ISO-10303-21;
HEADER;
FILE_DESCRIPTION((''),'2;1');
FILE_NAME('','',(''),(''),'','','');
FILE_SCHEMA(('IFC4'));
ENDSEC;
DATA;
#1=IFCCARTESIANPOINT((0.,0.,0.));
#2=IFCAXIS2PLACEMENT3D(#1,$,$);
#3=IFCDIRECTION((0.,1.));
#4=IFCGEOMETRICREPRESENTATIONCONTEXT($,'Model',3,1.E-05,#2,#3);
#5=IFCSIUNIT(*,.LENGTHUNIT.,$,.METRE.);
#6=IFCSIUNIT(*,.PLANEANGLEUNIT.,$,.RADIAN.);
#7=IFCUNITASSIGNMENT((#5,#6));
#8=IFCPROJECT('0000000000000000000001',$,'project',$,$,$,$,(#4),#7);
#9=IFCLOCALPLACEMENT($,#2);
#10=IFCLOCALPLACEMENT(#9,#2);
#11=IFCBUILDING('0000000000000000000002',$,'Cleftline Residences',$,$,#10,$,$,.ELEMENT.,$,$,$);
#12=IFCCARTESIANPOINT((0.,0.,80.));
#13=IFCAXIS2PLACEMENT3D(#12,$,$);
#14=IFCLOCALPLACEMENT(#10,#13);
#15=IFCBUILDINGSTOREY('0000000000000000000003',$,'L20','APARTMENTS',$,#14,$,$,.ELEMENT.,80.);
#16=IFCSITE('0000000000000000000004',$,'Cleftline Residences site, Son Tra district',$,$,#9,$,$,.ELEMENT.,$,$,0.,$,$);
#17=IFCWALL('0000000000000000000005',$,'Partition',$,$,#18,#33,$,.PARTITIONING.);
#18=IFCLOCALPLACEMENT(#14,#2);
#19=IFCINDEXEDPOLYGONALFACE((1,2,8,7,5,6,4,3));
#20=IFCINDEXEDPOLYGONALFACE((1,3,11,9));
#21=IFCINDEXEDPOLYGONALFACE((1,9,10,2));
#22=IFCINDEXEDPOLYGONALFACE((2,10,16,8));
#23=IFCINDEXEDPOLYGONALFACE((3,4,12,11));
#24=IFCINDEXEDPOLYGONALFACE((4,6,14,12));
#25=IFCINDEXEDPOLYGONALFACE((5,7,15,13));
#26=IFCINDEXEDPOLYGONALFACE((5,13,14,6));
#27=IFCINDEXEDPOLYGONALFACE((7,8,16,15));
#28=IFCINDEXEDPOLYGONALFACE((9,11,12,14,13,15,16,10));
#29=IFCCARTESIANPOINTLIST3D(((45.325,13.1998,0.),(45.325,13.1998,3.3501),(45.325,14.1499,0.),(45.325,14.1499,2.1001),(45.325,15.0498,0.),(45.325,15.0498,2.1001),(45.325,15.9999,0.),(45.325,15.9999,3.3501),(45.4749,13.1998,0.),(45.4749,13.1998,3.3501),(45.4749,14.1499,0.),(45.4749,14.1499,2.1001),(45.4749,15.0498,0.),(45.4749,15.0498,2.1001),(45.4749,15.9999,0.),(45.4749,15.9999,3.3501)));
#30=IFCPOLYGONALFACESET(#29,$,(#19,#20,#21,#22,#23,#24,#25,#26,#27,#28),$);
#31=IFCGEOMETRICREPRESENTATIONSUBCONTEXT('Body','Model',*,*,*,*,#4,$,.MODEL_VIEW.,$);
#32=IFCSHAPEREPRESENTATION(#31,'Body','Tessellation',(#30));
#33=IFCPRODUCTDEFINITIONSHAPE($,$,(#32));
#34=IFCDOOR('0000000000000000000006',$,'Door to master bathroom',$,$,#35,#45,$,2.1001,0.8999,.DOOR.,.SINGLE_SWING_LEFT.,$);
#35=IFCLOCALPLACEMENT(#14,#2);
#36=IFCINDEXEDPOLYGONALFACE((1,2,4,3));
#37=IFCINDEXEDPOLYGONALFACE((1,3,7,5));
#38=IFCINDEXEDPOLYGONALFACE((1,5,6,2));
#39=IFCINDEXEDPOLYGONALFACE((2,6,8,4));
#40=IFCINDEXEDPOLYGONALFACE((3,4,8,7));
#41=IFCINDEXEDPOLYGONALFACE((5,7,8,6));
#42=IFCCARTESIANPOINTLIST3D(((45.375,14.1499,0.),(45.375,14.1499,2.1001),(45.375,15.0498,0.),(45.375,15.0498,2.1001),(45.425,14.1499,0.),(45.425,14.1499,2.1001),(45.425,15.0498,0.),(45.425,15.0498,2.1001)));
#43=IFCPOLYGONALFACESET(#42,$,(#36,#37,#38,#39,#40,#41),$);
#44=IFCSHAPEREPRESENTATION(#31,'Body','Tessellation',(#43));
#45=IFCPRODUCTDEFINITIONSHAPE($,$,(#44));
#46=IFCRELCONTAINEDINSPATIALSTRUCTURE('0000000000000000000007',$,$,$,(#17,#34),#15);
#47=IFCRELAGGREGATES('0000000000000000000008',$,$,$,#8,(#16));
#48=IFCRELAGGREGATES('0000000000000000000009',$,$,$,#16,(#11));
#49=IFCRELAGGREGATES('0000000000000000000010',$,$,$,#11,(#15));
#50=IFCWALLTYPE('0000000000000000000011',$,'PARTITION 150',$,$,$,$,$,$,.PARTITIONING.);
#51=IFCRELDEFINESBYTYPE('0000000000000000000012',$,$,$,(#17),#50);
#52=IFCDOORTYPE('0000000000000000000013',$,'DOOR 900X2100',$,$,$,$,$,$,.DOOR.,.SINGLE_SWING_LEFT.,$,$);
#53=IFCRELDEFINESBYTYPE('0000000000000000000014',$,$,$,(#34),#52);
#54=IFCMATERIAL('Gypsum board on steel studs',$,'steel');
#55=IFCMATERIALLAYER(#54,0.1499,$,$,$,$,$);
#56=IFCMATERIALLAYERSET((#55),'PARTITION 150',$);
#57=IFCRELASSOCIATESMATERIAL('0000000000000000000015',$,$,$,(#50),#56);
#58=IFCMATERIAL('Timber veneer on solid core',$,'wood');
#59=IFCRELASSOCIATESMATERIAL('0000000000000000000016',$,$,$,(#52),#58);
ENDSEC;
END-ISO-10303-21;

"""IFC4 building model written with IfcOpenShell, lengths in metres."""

from ifc_helpers import new_model, si_unit, direction, frame, frame_2d, origin, place, context, subcontext, project, spatial, rectangle, extrude, material, layer, layer_set, type_object, element, fill, save


model = new_model("IFC4")

# Units and contexts
model_context = context("Model", 3, precision=1e-05, world=origin(), true_north=direction((0.0, 1.0)))
body_context = subcontext(model_context, "Body", "Model", "MODEL_VIEW")
ifc_project = project(units=[si_unit("LENGTHUNIT", "METRE"), si_unit("PLANEANGLEUNIT", "RADIAN")], contexts=[model_context])

# Site, building, storey
site_placement = place(None, origin())
site = spatial("IfcSite", under=ifc_project, at=site_placement, Name="Cleftline Residences site, Son Tra district", CompositionType="ELEMENT", RefElevation=0.0)
building_placement = place(site_placement, origin())
building = spatial("IfcBuilding", under=site, at=building_placement, Name="Cleftline Residences", CompositionType="ELEMENT")
storey_placement = place(building_placement, frame((0.0, 0.0, 80.0)))
storey = spatial("IfcBuildingStorey", under=building, at=storey_placement, Name="L20", Description="APARTMENTS", CompositionType="ELEMENT", Elevation=80.0)

# Shared definitions
ifc_material_1 = material(Name="Gypsum board on steel studs", Category="steel")
ifc_layer_1 = layer(ifc_material_1, 0.1499)
ifc_layer_set_1 = layer_set([ifc_layer_1], Name="PARTITION 150")
wall_type_1 = type_object("IfcWallType", Name="PARTITION 150", PredefinedType="PARTITIONING", material=ifc_layer_set_1)

# Wall, opening, door
wall_1_placement = place(storey_placement, frame((45.3999, 13.2, 0.0), z_axis=(0.0, 0.0, 1.0), x_axis=(0.0, 1.0, 0.0)))
wall_1 = element("IfcWall", 1, at=wall_1_placement, inside=storey, type_object=wall_type_1, Name="Partition", PredefinedType="PARTITIONING", context=body_context, shape_type="SweptSolid", body=[
    extrude(rectangle(XDim=2.8, YDim=0.1499, at=frame_2d((1.3999, 0.0))), origin(), (0.0, 0.0, 1.0), 3.3501),
])
opening_1_placement = place(wall_1_placement, frame((0.95, 0.0, 0.0)))
opening_1 = element("IfcOpeningElement", 2, at=opening_1_placement, cuts=wall_1, PredefinedType="OPENING", context=body_context, shape_type="SweptSolid", body=[
    extrude(rectangle(XDim=0.8999, YDim=2.1001, at=frame_2d((0.45, 1.05))), frame((0.0, 0.085, 0.0), z_axis=(0.0, -1.0, 0.0), x_axis=(1.0, 0.0, 0.0)), (0.0, 0.0, 1.0), 0.1699),
])
ifc_material_2 = material(Name="Timber veneer on solid core", Category="wood")
door_type_1 = type_object("IfcDoorType", Name="DOOR 900X2100", OperationType="SINGLE_SWING_LEFT", PredefinedType="DOOR", material=ifc_material_2)
door_1_placement = place(opening_1_placement, origin())
door_1 = element("IfcDoor", 3, at=door_1_placement, inside=storey, type_object=door_type_1, Name="Door to master bathroom", OperationType="SINGLE_SWING_LEFT", OverallHeight=2.1001, OverallWidth=0.8999, PredefinedType="DOOR", context=body_context, shape_type="SweptSolid", body=[
    extrude(rectangle(XDim=0.8999, YDim=2.1001, at=frame_2d((0.45, 1.05))), frame((0.0, 0.0249, 0.0), z_axis=(0.0, -1.0, 0.0), x_axis=(1.0, 0.0, 0.0)), (0.0, 0.0, 1.0), 0.05),
])
fill(opening_1, door_1)

save(model, "model.ifc")
